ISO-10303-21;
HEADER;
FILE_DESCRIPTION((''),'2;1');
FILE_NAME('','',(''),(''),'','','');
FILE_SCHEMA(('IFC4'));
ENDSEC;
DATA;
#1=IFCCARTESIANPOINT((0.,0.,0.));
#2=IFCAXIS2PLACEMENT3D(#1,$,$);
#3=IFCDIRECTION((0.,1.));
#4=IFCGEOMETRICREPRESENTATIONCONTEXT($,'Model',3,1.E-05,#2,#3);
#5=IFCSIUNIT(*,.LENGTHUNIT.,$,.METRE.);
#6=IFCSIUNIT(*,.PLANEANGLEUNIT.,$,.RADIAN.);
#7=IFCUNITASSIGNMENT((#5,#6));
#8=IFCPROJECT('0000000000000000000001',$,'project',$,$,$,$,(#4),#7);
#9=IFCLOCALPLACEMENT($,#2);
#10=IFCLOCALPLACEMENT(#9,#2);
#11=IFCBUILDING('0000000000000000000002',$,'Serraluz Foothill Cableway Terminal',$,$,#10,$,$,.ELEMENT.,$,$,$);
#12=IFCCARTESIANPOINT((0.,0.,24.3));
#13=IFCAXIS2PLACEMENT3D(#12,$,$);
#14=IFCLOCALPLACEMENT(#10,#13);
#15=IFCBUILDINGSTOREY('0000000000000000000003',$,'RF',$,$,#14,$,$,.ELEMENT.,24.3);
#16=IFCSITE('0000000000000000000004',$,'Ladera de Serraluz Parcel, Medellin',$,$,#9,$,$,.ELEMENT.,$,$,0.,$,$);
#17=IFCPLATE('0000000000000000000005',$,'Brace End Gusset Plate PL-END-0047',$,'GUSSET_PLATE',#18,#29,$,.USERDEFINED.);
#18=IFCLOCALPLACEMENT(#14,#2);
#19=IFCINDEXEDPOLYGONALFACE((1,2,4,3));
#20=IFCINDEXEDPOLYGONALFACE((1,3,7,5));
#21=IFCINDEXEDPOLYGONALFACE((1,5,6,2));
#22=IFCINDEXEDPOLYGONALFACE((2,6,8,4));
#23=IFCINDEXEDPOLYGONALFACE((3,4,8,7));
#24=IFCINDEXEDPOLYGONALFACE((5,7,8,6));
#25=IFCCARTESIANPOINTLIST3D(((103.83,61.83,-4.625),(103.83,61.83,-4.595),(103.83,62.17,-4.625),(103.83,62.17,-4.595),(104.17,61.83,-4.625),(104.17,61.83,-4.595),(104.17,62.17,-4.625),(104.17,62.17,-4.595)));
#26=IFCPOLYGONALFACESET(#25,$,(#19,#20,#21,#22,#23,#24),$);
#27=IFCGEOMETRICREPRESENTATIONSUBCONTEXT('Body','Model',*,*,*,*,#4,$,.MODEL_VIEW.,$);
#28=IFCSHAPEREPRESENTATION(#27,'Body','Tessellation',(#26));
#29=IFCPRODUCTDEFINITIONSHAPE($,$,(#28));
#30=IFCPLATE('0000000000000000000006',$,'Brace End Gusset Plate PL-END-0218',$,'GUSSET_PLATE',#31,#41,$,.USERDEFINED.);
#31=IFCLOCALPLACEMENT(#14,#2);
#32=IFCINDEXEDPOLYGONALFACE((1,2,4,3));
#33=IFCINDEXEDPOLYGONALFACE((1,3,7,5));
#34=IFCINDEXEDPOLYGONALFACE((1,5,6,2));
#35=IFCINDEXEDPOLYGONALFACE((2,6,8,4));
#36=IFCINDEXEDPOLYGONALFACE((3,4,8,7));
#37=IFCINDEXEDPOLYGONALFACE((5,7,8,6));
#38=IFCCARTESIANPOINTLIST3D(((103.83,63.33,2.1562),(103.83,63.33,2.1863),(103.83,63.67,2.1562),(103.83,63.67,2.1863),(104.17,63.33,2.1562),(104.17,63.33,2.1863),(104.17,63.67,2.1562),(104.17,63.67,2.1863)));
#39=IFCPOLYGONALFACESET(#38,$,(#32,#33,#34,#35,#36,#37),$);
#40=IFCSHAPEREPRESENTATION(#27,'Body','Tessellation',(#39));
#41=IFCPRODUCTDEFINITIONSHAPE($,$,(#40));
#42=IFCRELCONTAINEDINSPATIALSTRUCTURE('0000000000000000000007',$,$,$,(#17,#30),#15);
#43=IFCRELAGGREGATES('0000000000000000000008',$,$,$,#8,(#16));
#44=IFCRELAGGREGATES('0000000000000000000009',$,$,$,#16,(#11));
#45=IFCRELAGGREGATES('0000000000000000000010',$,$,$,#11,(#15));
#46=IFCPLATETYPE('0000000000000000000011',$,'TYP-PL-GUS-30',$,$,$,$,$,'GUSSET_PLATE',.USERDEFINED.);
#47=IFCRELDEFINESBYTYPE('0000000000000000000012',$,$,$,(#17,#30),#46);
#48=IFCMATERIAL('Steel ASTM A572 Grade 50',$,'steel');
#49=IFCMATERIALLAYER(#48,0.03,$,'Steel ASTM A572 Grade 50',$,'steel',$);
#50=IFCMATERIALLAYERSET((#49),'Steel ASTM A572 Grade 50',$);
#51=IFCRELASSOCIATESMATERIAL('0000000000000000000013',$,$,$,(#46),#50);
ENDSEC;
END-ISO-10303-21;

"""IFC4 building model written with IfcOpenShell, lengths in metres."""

from ifc_helpers import new_model, si_unit, direction, frame, origin, origin_2d, place, context, subcontext, project, spatial, rectangle, extrude, material, layer, layer_set, type_object, element, save


model = new_model("IFC4")

# Units and contexts
model_context = context("Model", 3, precision=1e-05, world=origin(), true_north=direction((0.0, 1.0)))
body_context = subcontext(model_context, "Body", "Model", "MODEL_VIEW")
ifc_project = project(units=[si_unit("LENGTHUNIT", "METRE"), si_unit("PLANEANGLEUNIT", "RADIAN")], contexts=[model_context])

# Site, building, storey
site_placement = place(None, origin())
site = spatial("IfcSite", under=ifc_project, at=site_placement, Name="Ladera de Serraluz Parcel, Medellin", CompositionType="ELEMENT", RefElevation=0.0)
building_placement = place(site_placement, origin())
building = spatial("IfcBuilding", under=site, at=building_placement, Name="Serraluz Foothill Cableway Terminal", CompositionType="ELEMENT")
storey_placement = place(building_placement, frame((0.0, 0.0, 24.3)))
storey = spatial("IfcBuildingStorey", under=building, at=storey_placement, Name="RF", CompositionType="ELEMENT", Elevation=24.3)

# Shared definitions
ifc_material_1 = material(Name="Steel ASTM A572 Grade 50", Category="steel")

# Plates
ifc_layer_1 = layer(ifc_material_1, 0.03, Name="Steel ASTM A572 Grade 50", Category="steel")
ifc_layer_set_1 = layer_set([ifc_layer_1], Name="Steel ASTM A572 Grade 50")
plate_type_1 = type_object("IfcPlateType", Name="TYP-PL-GUS-30", ElementType="GUSSET_PLATE", PredefinedType="USERDEFINED", material=ifc_layer_set_1)
for number, where, z_axis, x_axis, name in (
    (1, (104.0, 62.0, -4.625), (0.0, 0.0, 1.0), (1.0, 0.0, 0.0), "Brace End Gusset Plate PL-END-0047"),
    (2, (104.0, 63.5, 2.1562), (0.0, 0.0, 1.0), (1.0, 0.0, 0.0), "Brace End Gusset Plate PL-END-0218"),
):
    element("IfcPlate", number, at=place(storey_placement, frame(where, z_axis=z_axis, x_axis=x_axis)), inside=storey, type_object=plate_type_1, Name=name, ObjectType="GUSSET_PLATE", PredefinedType="USERDEFINED", context=body_context, shape_type="SweptSolid", body=[
        extrude(rectangle(XDim=0.3401, YDim=0.3401, at=origin_2d()), origin(), (0.0, 0.0, 1.0), 0.03),
    ])

save(model, "model.ifc")
